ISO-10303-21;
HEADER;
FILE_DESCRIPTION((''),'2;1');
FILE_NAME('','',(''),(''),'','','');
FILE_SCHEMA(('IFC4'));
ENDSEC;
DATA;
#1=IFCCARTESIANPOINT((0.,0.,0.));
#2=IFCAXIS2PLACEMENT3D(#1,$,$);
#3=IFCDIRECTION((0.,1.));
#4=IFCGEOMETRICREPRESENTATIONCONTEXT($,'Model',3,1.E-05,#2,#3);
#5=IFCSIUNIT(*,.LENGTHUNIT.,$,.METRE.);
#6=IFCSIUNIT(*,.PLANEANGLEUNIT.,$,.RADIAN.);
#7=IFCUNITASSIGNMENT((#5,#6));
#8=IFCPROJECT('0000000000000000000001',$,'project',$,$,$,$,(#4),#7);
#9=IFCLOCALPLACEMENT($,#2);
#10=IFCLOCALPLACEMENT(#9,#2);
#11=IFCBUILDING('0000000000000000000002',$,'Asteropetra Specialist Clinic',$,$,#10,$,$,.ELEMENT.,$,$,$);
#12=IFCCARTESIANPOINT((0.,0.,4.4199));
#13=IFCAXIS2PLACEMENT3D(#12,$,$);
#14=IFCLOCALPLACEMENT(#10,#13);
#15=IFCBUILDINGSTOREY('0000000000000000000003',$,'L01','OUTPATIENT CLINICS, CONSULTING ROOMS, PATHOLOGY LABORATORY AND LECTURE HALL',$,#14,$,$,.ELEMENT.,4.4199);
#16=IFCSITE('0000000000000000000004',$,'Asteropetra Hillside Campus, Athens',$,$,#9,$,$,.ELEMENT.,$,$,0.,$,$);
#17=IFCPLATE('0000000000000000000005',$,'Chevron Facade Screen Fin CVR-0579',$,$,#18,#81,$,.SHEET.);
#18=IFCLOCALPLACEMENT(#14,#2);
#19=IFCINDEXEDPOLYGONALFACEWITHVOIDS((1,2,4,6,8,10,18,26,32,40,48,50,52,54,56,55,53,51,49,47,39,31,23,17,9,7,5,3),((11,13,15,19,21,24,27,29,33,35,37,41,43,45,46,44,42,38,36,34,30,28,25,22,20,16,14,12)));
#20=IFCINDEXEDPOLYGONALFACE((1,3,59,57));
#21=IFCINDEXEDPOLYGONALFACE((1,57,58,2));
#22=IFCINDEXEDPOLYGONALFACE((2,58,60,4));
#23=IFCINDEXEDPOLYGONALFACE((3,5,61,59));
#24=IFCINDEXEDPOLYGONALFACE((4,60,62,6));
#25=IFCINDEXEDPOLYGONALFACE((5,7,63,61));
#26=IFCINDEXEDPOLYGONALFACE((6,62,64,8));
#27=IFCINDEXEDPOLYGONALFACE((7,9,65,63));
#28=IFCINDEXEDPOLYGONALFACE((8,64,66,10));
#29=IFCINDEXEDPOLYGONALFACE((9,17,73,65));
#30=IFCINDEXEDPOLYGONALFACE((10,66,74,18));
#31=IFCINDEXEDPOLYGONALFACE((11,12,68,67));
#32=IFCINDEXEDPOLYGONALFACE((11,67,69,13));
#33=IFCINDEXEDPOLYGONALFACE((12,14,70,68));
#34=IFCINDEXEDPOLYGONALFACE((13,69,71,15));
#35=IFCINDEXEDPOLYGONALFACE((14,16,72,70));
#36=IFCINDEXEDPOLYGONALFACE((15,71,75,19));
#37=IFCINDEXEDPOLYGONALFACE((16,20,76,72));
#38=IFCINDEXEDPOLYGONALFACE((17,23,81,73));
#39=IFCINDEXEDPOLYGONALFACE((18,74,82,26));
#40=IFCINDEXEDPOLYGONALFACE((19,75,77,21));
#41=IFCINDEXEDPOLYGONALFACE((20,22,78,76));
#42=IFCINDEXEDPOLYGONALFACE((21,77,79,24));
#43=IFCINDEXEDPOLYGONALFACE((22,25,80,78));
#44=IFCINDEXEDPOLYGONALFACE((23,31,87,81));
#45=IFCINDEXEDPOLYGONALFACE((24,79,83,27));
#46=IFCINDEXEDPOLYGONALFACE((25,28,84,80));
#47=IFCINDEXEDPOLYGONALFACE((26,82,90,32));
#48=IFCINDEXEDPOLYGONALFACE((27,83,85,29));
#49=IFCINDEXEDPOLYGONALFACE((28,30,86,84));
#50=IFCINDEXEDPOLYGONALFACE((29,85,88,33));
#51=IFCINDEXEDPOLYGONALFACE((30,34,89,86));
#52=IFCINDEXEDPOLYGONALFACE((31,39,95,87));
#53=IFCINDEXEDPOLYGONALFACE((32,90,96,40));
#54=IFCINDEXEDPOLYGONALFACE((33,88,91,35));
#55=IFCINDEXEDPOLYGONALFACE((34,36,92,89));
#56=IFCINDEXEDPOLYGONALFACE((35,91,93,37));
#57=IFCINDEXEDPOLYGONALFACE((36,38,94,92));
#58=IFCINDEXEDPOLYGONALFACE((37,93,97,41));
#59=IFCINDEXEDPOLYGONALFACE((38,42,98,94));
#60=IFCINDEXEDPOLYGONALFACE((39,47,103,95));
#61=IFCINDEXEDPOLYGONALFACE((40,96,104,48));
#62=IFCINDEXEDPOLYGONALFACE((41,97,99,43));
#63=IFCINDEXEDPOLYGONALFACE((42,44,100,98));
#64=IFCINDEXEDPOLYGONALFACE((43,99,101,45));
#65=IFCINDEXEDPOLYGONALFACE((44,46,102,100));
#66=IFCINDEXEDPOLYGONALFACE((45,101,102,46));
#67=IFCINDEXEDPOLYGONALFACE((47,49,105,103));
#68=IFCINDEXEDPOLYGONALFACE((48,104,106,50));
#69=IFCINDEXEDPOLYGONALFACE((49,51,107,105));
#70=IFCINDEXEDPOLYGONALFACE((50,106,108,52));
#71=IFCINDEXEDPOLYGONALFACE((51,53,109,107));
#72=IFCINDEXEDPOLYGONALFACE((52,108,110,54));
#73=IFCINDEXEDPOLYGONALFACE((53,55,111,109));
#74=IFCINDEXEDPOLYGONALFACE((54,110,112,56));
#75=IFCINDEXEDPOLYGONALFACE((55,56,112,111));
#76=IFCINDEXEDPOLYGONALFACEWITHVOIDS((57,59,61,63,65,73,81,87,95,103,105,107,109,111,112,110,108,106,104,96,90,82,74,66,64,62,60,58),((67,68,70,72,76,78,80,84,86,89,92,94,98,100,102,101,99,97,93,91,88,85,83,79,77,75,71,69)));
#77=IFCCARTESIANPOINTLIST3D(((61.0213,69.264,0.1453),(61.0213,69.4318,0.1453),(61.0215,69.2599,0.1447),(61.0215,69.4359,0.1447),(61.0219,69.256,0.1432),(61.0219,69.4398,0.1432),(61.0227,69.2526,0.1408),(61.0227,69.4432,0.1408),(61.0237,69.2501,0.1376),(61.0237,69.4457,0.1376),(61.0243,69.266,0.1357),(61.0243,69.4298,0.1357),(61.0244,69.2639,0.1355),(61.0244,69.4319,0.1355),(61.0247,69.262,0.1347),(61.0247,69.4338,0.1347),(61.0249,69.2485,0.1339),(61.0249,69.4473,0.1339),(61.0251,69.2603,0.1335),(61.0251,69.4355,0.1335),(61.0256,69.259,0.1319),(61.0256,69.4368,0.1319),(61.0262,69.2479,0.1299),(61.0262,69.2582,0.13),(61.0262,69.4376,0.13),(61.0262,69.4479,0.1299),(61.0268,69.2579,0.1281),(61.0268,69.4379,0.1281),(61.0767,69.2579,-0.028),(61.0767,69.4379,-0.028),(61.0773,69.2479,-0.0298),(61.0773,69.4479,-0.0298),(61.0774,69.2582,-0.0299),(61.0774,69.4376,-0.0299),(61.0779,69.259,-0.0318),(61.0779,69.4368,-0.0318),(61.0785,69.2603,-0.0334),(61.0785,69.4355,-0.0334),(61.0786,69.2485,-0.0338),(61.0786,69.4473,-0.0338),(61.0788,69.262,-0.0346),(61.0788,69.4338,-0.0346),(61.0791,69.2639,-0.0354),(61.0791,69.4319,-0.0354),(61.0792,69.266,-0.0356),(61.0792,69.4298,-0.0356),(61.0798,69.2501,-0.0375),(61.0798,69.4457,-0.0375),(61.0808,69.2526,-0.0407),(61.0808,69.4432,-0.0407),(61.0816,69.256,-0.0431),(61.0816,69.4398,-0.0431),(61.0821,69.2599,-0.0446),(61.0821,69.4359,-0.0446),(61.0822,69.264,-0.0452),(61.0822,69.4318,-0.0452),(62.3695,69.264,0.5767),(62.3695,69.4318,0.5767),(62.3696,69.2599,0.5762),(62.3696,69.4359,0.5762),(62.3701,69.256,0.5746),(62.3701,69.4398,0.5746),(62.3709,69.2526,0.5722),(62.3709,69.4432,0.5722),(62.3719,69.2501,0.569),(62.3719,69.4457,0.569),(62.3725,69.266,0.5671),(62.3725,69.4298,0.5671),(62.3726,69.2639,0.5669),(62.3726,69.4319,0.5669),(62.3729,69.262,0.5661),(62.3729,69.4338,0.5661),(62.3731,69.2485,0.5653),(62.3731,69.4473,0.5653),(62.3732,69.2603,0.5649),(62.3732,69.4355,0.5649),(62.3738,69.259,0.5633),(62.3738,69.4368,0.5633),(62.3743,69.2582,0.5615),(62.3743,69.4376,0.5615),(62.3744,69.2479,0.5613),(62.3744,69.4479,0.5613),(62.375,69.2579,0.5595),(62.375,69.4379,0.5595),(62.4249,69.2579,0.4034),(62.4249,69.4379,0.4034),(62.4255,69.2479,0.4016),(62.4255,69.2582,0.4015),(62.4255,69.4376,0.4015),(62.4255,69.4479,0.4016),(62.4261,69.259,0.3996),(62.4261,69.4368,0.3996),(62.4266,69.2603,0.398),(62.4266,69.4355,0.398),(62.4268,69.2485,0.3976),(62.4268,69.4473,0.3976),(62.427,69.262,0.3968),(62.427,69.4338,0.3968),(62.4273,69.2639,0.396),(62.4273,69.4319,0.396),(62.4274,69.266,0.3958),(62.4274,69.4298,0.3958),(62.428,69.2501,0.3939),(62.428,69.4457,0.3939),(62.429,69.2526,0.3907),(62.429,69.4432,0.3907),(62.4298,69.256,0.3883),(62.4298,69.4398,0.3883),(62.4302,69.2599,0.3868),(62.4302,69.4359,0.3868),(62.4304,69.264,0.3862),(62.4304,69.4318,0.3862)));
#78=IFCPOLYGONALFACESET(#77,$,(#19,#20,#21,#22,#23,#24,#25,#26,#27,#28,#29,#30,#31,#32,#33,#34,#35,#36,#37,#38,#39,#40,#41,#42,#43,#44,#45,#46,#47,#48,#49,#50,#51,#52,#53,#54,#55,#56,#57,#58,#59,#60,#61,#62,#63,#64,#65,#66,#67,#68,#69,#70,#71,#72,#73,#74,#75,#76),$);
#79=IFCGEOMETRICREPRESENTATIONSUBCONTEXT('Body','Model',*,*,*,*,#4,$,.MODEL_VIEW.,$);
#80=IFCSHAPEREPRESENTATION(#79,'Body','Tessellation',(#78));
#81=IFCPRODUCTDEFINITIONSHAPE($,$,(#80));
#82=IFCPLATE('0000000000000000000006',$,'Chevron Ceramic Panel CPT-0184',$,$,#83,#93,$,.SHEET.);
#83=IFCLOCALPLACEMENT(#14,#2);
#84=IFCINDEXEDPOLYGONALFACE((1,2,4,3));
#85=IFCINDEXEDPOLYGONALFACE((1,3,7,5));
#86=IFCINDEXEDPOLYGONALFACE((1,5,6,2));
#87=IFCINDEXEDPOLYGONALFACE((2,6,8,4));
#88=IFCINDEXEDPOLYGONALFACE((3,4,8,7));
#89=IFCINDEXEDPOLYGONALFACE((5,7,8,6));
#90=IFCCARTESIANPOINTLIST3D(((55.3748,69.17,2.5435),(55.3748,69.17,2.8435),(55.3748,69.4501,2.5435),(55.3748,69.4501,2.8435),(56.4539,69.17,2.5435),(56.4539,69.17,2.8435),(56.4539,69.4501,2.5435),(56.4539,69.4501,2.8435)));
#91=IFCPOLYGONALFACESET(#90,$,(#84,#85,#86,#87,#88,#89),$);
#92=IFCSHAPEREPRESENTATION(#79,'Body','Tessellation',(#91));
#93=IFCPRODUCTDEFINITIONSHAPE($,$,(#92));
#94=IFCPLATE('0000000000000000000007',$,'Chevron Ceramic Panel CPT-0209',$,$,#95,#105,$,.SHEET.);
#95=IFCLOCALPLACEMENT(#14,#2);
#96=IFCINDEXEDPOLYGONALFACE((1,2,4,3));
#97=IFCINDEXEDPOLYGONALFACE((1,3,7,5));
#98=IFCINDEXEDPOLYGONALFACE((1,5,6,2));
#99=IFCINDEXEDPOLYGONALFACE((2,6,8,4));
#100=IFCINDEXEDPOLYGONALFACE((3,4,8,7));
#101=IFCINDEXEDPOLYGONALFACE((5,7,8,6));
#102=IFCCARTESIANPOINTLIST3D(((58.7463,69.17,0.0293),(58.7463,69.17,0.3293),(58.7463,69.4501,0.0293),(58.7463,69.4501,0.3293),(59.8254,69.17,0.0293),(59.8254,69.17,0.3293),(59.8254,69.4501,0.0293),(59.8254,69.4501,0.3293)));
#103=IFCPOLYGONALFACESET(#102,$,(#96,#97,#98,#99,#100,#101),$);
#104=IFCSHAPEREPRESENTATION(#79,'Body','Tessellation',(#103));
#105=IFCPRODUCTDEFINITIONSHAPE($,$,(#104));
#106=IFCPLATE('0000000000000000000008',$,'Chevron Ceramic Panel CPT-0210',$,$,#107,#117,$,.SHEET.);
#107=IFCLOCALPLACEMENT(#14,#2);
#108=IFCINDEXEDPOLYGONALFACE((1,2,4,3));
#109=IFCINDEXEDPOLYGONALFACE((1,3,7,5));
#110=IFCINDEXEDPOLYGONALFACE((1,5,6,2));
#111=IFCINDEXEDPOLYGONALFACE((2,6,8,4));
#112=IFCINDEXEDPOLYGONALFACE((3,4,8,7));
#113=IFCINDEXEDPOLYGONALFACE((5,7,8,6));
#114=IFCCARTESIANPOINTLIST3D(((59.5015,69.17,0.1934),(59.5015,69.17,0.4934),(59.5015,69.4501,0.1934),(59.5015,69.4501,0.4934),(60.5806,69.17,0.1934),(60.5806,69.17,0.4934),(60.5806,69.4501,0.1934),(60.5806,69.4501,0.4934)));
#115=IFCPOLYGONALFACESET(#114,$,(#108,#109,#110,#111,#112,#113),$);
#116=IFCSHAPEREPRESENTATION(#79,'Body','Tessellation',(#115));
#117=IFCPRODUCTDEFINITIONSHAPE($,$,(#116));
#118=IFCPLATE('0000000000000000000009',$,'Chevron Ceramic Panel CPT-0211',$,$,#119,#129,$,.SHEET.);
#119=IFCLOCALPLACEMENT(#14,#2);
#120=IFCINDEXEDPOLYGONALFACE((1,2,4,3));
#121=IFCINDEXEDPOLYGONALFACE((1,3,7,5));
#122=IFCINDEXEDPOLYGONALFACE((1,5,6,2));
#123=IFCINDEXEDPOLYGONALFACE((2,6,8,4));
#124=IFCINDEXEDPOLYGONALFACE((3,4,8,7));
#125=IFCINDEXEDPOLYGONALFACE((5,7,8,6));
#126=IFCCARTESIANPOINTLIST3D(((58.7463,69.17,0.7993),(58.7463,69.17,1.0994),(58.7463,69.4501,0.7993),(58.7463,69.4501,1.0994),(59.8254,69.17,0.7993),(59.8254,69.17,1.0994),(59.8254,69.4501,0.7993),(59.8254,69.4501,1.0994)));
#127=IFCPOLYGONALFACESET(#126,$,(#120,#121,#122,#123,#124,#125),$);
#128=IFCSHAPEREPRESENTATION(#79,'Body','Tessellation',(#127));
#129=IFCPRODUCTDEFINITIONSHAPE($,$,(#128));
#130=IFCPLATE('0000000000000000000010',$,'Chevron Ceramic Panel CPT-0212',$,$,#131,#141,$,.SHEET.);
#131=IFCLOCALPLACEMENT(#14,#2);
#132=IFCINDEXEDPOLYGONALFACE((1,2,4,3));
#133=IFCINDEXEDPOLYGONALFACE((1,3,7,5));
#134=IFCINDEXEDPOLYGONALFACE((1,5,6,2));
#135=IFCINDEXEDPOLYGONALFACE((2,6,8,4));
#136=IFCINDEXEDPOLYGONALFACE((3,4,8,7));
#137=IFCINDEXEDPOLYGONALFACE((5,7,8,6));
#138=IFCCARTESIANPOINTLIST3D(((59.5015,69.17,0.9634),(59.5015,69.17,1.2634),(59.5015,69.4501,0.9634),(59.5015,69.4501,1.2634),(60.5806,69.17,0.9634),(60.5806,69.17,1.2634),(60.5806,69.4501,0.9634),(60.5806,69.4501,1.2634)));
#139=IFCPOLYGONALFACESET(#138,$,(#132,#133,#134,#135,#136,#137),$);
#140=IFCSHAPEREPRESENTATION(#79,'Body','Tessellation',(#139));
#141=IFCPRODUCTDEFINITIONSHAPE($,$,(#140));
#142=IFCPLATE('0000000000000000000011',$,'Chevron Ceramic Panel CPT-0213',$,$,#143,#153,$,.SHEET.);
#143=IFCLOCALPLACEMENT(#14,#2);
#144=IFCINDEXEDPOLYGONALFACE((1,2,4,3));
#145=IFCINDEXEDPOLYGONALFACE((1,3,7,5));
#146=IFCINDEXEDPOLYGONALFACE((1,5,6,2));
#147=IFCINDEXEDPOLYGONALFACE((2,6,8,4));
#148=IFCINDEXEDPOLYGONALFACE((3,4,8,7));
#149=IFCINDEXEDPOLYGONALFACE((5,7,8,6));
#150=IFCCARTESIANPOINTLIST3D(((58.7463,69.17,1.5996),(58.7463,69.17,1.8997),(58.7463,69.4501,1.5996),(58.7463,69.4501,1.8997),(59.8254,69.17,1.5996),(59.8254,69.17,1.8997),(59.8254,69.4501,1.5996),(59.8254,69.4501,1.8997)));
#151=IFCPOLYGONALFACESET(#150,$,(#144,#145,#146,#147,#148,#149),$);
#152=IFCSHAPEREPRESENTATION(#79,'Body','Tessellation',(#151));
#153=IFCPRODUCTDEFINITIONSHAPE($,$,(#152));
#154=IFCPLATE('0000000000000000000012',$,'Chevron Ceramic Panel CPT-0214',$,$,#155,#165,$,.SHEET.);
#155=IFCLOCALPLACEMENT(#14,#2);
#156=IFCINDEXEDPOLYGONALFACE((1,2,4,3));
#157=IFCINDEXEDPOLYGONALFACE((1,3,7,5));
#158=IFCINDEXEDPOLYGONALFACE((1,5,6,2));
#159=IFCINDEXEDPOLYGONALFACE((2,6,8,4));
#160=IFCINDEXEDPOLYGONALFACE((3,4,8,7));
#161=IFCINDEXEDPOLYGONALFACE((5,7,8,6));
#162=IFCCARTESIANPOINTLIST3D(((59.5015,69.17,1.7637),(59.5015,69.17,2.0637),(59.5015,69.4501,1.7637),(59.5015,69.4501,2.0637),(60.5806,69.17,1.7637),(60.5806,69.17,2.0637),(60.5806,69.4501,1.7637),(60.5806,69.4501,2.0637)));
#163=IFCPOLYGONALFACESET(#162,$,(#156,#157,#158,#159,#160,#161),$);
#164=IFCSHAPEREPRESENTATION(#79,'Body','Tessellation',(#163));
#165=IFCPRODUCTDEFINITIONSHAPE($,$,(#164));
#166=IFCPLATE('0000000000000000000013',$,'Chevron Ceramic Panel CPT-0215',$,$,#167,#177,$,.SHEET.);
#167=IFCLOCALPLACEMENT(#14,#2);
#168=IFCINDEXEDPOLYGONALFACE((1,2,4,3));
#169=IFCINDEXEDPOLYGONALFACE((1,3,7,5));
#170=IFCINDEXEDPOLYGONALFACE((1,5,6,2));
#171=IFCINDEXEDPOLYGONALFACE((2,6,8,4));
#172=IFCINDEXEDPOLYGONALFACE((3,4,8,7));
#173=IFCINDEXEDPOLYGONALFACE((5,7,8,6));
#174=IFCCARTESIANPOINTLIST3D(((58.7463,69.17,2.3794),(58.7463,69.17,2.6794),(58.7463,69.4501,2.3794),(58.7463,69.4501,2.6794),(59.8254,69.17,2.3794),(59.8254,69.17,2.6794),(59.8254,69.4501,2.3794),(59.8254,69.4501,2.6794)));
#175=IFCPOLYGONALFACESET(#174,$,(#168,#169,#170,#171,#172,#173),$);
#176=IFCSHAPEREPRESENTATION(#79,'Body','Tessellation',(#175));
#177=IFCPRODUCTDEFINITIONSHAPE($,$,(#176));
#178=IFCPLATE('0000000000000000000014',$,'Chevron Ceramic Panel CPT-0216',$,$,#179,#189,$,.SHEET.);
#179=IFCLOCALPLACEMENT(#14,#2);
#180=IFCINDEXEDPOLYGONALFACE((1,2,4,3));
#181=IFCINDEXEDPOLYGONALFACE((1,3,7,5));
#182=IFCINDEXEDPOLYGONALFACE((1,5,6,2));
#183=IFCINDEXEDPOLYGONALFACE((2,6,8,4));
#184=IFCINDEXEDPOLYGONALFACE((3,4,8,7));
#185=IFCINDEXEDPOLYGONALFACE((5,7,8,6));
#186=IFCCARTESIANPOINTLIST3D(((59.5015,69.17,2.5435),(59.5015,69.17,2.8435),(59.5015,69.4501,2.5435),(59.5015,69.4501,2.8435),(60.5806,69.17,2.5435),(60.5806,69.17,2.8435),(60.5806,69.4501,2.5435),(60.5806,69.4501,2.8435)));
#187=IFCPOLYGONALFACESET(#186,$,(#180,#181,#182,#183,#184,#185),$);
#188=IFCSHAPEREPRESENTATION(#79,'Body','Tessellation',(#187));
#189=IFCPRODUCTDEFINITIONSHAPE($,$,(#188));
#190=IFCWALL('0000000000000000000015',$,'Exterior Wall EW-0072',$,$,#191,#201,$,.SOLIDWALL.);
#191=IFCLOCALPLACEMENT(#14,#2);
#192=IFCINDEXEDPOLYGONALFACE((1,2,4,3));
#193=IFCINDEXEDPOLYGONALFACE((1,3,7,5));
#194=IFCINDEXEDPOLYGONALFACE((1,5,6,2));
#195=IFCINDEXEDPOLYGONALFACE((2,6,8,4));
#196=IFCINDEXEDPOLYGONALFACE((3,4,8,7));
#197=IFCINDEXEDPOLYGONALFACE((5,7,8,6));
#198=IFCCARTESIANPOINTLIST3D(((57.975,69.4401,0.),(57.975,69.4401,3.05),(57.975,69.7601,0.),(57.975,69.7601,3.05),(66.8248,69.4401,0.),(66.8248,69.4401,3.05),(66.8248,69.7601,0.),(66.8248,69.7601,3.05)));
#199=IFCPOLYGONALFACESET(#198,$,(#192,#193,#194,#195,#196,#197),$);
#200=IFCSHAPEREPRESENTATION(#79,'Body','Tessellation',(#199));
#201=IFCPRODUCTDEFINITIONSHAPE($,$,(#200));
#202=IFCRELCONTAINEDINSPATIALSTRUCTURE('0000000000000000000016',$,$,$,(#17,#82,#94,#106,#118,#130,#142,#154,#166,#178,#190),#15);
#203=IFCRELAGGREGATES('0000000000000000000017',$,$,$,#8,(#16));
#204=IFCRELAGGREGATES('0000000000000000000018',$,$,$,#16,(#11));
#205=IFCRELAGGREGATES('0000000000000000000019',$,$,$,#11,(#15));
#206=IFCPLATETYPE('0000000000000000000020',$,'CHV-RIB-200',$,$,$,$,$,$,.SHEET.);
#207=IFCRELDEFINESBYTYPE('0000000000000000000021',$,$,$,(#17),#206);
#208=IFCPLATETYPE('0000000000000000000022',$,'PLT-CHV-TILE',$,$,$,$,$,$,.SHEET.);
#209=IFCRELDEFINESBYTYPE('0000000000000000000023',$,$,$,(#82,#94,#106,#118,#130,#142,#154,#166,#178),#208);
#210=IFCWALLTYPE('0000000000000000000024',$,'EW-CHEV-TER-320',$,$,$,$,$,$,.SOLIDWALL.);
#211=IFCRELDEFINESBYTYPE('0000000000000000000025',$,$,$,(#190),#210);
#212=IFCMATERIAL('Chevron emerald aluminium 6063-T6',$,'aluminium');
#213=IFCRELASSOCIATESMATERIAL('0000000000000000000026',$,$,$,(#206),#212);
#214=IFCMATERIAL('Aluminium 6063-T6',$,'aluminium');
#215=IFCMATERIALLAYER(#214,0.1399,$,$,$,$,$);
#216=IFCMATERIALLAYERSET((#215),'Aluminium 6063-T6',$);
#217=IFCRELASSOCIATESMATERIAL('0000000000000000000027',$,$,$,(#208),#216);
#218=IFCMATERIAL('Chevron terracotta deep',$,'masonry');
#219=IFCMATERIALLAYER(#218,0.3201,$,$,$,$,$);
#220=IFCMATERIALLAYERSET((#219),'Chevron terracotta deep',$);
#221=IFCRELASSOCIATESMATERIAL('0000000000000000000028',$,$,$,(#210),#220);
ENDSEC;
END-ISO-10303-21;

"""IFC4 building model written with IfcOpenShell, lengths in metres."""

from ifc_helpers import new_model, si_unit, direction, frame, frame_2d, origin, origin_2d, place, context, subcontext, project, spatial, rectangle, hollow_rectangle, extrude, material, layer, layer_set, material_profile, profile_set, type_object, element, save


model = new_model("IFC4")

# Units and contexts
model_context = context("Model", 3, precision=1e-05, world=origin(), true_north=direction((0.0, 1.0)))
body_context = subcontext(model_context, "Body", "Model", "MODEL_VIEW")
ifc_project = project(units=[si_unit("LENGTHUNIT", "METRE"), si_unit("PLANEANGLEUNIT", "RADIAN")], contexts=[model_context])

# Site, building, storey
site_placement = place(None, origin())
site = spatial("IfcSite", under=ifc_project, at=site_placement, Name="Asteropetra Hillside Campus, Athens", CompositionType="ELEMENT", RefElevation=0.0)
building_placement = place(site_placement, origin())
building = spatial("IfcBuilding", under=site, at=building_placement, Name="Asteropetra Specialist Clinic", CompositionType="ELEMENT")
storey_placement = place(building_placement, frame((0.0, 0.0, 4.4199)))
storey = spatial("IfcBuildingStorey", under=building, at=storey_placement, Name="L01", Description="OUTPATIENT CLINICS, CONSULTING ROOMS, PATHOLOGY LABORATORY AND LECTURE HALL", CompositionType="ELEMENT", Elevation=4.4199)

# Plates
ifc_material_1 = material(Name="Chevron emerald aluminium 6063-T6", Category="aluminium")
ifc_material_profile_1 = material_profile(ifc_material_1, hollow_rectangle(XDim=0.2, YDim=0.2, WallThickness=0.01, InnerFilletRadius=0.0081, OuterFilletRadius=0.0161, at=origin_2d()), Name="SHS 200x200x10.0")
ifc_profile_set_1 = profile_set([ifc_material_profile_1], Name="Chevron emerald aluminium 6063-T6")
plate_type_1 = type_object("IfcPlateType", Name="CHV-RIB-200", PredefinedType="SHEET", material=ifc_profile_set_1)
plate_placement = place(storey_placement, frame((61.0518, 69.3479, 0.05), z_axis=(0.952426, 0.0, 0.304769), x_axis=(0.0, 1.0, 0.0)))
element("IfcPlate", 1, at=plate_placement, inside=storey, type_object=plate_type_1, Name="Chevron Facade Screen Fin CVR-0579", PredefinedType="SHEET", context=body_context, shape_type="SweptSolid", body=[
    extrude(hollow_rectangle(XDim=0.2, YDim=0.2, WallThickness=0.01, InnerFilletRadius=0.0081, OuterFilletRadius=0.0161, at=origin_2d()), origin(), (0.0, 0.0, 1.0), 1.4155),
])
ifc_material_2 = material(Name="Aluminium 6063-T6", Category="aluminium")
ifc_layer_1 = layer(ifc_material_2, 0.1399)
ifc_layer_set_1 = layer_set([ifc_layer_1], Name="Aluminium 6063-T6")
plate_type_2 = type_object("IfcPlateType", Name="PLT-CHV-TILE", PredefinedType="SHEET", material=ifc_layer_set_1)
for number, where, z_axis, x_axis, name in (
    (2, (55.9143, 69.3101, 2.5435), (0.0, 0.0, 1.0), (1.0, 0.0, 0.0), "Chevron Ceramic Panel CPT-0184"),
    (3, (59.2859, 69.3101, 0.0293), (0.0, 0.0, 1.0), (1.0, 0.0, 0.0), "Chevron Ceramic Panel CPT-0209"),
    (4, (60.041, 69.3101, 0.1934), (0.0, 0.0, 1.0), (1.0, 0.0, 0.0), "Chevron Ceramic Panel CPT-0210"),
    (5, (59.2859, 69.3101, 0.7993), (0.0, 0.0, 1.0), (1.0, 0.0, 0.0), "Chevron Ceramic Panel CPT-0211"),
    (6, (60.041, 69.3101, 0.9634), (0.0, 0.0, 1.0), (1.0, 0.0, 0.0), "Chevron Ceramic Panel CPT-0212"),
    (7, (59.2859, 69.3101, 1.5996), (0.0, 0.0, 1.0), (1.0, 0.0, 0.0), "Chevron Ceramic Panel CPT-0213"),
    (8, (60.041, 69.3101, 1.7637), (0.0, 0.0, 1.0), (1.0, 0.0, 0.0), "Chevron Ceramic Panel CPT-0214"),
    (9, (59.2859, 69.3101, 2.3794), (0.0, 0.0, 1.0), (1.0, 0.0, 0.0), "Chevron Ceramic Panel CPT-0215"),
    (10, (60.041, 69.3101, 2.5435), (0.0, 0.0, 1.0), (1.0, 0.0, 0.0), "Chevron Ceramic Panel CPT-0216"),
):
    element("IfcPlate", number, at=place(storey_placement, frame(where, z_axis=z_axis, x_axis=x_axis)), inside=storey, type_object=plate_type_2, Name=name, PredefinedType="SHEET", context=body_context, shape_type="SweptSolid", body=[
        extrude(rectangle(XDim=1.0791, YDim=0.28, at=origin_2d()), origin(), (0.0, 0.0, 1.0), 0.3),
    ])

# Wall
ifc_material_3 = material(Name="Chevron terracotta deep", Category="masonry")
ifc_layer_2 = layer(ifc_material_3, 0.3201)
ifc_layer_set_2 = layer_set([ifc_layer_2], Name="Chevron terracotta deep")
wall_type = type_object("IfcWallType", Name="EW-CHEV-TER-320", PredefinedType="SOLIDWALL", material=ifc_layer_set_2)
wall_placement = place(storey_placement, frame((57.9751, 69.6001, 0.0), z_axis=(0.0, 0.0, 1.0), x_axis=(1.0, 0.0, 0.0)))
element("IfcWall", 11, at=wall_placement, inside=storey, type_object=wall_type, Name="Exterior Wall EW-0072", PredefinedType="SOLIDWALL", context=body_context, shape_type="SweptSolid", body=[
    extrude(rectangle(XDim=8.8499, YDim=0.3201, at=frame_2d((4.4248, 0.0))), origin(), (0.0, 0.0, 1.0), 3.05),
])

save(model, "model.ifc")
